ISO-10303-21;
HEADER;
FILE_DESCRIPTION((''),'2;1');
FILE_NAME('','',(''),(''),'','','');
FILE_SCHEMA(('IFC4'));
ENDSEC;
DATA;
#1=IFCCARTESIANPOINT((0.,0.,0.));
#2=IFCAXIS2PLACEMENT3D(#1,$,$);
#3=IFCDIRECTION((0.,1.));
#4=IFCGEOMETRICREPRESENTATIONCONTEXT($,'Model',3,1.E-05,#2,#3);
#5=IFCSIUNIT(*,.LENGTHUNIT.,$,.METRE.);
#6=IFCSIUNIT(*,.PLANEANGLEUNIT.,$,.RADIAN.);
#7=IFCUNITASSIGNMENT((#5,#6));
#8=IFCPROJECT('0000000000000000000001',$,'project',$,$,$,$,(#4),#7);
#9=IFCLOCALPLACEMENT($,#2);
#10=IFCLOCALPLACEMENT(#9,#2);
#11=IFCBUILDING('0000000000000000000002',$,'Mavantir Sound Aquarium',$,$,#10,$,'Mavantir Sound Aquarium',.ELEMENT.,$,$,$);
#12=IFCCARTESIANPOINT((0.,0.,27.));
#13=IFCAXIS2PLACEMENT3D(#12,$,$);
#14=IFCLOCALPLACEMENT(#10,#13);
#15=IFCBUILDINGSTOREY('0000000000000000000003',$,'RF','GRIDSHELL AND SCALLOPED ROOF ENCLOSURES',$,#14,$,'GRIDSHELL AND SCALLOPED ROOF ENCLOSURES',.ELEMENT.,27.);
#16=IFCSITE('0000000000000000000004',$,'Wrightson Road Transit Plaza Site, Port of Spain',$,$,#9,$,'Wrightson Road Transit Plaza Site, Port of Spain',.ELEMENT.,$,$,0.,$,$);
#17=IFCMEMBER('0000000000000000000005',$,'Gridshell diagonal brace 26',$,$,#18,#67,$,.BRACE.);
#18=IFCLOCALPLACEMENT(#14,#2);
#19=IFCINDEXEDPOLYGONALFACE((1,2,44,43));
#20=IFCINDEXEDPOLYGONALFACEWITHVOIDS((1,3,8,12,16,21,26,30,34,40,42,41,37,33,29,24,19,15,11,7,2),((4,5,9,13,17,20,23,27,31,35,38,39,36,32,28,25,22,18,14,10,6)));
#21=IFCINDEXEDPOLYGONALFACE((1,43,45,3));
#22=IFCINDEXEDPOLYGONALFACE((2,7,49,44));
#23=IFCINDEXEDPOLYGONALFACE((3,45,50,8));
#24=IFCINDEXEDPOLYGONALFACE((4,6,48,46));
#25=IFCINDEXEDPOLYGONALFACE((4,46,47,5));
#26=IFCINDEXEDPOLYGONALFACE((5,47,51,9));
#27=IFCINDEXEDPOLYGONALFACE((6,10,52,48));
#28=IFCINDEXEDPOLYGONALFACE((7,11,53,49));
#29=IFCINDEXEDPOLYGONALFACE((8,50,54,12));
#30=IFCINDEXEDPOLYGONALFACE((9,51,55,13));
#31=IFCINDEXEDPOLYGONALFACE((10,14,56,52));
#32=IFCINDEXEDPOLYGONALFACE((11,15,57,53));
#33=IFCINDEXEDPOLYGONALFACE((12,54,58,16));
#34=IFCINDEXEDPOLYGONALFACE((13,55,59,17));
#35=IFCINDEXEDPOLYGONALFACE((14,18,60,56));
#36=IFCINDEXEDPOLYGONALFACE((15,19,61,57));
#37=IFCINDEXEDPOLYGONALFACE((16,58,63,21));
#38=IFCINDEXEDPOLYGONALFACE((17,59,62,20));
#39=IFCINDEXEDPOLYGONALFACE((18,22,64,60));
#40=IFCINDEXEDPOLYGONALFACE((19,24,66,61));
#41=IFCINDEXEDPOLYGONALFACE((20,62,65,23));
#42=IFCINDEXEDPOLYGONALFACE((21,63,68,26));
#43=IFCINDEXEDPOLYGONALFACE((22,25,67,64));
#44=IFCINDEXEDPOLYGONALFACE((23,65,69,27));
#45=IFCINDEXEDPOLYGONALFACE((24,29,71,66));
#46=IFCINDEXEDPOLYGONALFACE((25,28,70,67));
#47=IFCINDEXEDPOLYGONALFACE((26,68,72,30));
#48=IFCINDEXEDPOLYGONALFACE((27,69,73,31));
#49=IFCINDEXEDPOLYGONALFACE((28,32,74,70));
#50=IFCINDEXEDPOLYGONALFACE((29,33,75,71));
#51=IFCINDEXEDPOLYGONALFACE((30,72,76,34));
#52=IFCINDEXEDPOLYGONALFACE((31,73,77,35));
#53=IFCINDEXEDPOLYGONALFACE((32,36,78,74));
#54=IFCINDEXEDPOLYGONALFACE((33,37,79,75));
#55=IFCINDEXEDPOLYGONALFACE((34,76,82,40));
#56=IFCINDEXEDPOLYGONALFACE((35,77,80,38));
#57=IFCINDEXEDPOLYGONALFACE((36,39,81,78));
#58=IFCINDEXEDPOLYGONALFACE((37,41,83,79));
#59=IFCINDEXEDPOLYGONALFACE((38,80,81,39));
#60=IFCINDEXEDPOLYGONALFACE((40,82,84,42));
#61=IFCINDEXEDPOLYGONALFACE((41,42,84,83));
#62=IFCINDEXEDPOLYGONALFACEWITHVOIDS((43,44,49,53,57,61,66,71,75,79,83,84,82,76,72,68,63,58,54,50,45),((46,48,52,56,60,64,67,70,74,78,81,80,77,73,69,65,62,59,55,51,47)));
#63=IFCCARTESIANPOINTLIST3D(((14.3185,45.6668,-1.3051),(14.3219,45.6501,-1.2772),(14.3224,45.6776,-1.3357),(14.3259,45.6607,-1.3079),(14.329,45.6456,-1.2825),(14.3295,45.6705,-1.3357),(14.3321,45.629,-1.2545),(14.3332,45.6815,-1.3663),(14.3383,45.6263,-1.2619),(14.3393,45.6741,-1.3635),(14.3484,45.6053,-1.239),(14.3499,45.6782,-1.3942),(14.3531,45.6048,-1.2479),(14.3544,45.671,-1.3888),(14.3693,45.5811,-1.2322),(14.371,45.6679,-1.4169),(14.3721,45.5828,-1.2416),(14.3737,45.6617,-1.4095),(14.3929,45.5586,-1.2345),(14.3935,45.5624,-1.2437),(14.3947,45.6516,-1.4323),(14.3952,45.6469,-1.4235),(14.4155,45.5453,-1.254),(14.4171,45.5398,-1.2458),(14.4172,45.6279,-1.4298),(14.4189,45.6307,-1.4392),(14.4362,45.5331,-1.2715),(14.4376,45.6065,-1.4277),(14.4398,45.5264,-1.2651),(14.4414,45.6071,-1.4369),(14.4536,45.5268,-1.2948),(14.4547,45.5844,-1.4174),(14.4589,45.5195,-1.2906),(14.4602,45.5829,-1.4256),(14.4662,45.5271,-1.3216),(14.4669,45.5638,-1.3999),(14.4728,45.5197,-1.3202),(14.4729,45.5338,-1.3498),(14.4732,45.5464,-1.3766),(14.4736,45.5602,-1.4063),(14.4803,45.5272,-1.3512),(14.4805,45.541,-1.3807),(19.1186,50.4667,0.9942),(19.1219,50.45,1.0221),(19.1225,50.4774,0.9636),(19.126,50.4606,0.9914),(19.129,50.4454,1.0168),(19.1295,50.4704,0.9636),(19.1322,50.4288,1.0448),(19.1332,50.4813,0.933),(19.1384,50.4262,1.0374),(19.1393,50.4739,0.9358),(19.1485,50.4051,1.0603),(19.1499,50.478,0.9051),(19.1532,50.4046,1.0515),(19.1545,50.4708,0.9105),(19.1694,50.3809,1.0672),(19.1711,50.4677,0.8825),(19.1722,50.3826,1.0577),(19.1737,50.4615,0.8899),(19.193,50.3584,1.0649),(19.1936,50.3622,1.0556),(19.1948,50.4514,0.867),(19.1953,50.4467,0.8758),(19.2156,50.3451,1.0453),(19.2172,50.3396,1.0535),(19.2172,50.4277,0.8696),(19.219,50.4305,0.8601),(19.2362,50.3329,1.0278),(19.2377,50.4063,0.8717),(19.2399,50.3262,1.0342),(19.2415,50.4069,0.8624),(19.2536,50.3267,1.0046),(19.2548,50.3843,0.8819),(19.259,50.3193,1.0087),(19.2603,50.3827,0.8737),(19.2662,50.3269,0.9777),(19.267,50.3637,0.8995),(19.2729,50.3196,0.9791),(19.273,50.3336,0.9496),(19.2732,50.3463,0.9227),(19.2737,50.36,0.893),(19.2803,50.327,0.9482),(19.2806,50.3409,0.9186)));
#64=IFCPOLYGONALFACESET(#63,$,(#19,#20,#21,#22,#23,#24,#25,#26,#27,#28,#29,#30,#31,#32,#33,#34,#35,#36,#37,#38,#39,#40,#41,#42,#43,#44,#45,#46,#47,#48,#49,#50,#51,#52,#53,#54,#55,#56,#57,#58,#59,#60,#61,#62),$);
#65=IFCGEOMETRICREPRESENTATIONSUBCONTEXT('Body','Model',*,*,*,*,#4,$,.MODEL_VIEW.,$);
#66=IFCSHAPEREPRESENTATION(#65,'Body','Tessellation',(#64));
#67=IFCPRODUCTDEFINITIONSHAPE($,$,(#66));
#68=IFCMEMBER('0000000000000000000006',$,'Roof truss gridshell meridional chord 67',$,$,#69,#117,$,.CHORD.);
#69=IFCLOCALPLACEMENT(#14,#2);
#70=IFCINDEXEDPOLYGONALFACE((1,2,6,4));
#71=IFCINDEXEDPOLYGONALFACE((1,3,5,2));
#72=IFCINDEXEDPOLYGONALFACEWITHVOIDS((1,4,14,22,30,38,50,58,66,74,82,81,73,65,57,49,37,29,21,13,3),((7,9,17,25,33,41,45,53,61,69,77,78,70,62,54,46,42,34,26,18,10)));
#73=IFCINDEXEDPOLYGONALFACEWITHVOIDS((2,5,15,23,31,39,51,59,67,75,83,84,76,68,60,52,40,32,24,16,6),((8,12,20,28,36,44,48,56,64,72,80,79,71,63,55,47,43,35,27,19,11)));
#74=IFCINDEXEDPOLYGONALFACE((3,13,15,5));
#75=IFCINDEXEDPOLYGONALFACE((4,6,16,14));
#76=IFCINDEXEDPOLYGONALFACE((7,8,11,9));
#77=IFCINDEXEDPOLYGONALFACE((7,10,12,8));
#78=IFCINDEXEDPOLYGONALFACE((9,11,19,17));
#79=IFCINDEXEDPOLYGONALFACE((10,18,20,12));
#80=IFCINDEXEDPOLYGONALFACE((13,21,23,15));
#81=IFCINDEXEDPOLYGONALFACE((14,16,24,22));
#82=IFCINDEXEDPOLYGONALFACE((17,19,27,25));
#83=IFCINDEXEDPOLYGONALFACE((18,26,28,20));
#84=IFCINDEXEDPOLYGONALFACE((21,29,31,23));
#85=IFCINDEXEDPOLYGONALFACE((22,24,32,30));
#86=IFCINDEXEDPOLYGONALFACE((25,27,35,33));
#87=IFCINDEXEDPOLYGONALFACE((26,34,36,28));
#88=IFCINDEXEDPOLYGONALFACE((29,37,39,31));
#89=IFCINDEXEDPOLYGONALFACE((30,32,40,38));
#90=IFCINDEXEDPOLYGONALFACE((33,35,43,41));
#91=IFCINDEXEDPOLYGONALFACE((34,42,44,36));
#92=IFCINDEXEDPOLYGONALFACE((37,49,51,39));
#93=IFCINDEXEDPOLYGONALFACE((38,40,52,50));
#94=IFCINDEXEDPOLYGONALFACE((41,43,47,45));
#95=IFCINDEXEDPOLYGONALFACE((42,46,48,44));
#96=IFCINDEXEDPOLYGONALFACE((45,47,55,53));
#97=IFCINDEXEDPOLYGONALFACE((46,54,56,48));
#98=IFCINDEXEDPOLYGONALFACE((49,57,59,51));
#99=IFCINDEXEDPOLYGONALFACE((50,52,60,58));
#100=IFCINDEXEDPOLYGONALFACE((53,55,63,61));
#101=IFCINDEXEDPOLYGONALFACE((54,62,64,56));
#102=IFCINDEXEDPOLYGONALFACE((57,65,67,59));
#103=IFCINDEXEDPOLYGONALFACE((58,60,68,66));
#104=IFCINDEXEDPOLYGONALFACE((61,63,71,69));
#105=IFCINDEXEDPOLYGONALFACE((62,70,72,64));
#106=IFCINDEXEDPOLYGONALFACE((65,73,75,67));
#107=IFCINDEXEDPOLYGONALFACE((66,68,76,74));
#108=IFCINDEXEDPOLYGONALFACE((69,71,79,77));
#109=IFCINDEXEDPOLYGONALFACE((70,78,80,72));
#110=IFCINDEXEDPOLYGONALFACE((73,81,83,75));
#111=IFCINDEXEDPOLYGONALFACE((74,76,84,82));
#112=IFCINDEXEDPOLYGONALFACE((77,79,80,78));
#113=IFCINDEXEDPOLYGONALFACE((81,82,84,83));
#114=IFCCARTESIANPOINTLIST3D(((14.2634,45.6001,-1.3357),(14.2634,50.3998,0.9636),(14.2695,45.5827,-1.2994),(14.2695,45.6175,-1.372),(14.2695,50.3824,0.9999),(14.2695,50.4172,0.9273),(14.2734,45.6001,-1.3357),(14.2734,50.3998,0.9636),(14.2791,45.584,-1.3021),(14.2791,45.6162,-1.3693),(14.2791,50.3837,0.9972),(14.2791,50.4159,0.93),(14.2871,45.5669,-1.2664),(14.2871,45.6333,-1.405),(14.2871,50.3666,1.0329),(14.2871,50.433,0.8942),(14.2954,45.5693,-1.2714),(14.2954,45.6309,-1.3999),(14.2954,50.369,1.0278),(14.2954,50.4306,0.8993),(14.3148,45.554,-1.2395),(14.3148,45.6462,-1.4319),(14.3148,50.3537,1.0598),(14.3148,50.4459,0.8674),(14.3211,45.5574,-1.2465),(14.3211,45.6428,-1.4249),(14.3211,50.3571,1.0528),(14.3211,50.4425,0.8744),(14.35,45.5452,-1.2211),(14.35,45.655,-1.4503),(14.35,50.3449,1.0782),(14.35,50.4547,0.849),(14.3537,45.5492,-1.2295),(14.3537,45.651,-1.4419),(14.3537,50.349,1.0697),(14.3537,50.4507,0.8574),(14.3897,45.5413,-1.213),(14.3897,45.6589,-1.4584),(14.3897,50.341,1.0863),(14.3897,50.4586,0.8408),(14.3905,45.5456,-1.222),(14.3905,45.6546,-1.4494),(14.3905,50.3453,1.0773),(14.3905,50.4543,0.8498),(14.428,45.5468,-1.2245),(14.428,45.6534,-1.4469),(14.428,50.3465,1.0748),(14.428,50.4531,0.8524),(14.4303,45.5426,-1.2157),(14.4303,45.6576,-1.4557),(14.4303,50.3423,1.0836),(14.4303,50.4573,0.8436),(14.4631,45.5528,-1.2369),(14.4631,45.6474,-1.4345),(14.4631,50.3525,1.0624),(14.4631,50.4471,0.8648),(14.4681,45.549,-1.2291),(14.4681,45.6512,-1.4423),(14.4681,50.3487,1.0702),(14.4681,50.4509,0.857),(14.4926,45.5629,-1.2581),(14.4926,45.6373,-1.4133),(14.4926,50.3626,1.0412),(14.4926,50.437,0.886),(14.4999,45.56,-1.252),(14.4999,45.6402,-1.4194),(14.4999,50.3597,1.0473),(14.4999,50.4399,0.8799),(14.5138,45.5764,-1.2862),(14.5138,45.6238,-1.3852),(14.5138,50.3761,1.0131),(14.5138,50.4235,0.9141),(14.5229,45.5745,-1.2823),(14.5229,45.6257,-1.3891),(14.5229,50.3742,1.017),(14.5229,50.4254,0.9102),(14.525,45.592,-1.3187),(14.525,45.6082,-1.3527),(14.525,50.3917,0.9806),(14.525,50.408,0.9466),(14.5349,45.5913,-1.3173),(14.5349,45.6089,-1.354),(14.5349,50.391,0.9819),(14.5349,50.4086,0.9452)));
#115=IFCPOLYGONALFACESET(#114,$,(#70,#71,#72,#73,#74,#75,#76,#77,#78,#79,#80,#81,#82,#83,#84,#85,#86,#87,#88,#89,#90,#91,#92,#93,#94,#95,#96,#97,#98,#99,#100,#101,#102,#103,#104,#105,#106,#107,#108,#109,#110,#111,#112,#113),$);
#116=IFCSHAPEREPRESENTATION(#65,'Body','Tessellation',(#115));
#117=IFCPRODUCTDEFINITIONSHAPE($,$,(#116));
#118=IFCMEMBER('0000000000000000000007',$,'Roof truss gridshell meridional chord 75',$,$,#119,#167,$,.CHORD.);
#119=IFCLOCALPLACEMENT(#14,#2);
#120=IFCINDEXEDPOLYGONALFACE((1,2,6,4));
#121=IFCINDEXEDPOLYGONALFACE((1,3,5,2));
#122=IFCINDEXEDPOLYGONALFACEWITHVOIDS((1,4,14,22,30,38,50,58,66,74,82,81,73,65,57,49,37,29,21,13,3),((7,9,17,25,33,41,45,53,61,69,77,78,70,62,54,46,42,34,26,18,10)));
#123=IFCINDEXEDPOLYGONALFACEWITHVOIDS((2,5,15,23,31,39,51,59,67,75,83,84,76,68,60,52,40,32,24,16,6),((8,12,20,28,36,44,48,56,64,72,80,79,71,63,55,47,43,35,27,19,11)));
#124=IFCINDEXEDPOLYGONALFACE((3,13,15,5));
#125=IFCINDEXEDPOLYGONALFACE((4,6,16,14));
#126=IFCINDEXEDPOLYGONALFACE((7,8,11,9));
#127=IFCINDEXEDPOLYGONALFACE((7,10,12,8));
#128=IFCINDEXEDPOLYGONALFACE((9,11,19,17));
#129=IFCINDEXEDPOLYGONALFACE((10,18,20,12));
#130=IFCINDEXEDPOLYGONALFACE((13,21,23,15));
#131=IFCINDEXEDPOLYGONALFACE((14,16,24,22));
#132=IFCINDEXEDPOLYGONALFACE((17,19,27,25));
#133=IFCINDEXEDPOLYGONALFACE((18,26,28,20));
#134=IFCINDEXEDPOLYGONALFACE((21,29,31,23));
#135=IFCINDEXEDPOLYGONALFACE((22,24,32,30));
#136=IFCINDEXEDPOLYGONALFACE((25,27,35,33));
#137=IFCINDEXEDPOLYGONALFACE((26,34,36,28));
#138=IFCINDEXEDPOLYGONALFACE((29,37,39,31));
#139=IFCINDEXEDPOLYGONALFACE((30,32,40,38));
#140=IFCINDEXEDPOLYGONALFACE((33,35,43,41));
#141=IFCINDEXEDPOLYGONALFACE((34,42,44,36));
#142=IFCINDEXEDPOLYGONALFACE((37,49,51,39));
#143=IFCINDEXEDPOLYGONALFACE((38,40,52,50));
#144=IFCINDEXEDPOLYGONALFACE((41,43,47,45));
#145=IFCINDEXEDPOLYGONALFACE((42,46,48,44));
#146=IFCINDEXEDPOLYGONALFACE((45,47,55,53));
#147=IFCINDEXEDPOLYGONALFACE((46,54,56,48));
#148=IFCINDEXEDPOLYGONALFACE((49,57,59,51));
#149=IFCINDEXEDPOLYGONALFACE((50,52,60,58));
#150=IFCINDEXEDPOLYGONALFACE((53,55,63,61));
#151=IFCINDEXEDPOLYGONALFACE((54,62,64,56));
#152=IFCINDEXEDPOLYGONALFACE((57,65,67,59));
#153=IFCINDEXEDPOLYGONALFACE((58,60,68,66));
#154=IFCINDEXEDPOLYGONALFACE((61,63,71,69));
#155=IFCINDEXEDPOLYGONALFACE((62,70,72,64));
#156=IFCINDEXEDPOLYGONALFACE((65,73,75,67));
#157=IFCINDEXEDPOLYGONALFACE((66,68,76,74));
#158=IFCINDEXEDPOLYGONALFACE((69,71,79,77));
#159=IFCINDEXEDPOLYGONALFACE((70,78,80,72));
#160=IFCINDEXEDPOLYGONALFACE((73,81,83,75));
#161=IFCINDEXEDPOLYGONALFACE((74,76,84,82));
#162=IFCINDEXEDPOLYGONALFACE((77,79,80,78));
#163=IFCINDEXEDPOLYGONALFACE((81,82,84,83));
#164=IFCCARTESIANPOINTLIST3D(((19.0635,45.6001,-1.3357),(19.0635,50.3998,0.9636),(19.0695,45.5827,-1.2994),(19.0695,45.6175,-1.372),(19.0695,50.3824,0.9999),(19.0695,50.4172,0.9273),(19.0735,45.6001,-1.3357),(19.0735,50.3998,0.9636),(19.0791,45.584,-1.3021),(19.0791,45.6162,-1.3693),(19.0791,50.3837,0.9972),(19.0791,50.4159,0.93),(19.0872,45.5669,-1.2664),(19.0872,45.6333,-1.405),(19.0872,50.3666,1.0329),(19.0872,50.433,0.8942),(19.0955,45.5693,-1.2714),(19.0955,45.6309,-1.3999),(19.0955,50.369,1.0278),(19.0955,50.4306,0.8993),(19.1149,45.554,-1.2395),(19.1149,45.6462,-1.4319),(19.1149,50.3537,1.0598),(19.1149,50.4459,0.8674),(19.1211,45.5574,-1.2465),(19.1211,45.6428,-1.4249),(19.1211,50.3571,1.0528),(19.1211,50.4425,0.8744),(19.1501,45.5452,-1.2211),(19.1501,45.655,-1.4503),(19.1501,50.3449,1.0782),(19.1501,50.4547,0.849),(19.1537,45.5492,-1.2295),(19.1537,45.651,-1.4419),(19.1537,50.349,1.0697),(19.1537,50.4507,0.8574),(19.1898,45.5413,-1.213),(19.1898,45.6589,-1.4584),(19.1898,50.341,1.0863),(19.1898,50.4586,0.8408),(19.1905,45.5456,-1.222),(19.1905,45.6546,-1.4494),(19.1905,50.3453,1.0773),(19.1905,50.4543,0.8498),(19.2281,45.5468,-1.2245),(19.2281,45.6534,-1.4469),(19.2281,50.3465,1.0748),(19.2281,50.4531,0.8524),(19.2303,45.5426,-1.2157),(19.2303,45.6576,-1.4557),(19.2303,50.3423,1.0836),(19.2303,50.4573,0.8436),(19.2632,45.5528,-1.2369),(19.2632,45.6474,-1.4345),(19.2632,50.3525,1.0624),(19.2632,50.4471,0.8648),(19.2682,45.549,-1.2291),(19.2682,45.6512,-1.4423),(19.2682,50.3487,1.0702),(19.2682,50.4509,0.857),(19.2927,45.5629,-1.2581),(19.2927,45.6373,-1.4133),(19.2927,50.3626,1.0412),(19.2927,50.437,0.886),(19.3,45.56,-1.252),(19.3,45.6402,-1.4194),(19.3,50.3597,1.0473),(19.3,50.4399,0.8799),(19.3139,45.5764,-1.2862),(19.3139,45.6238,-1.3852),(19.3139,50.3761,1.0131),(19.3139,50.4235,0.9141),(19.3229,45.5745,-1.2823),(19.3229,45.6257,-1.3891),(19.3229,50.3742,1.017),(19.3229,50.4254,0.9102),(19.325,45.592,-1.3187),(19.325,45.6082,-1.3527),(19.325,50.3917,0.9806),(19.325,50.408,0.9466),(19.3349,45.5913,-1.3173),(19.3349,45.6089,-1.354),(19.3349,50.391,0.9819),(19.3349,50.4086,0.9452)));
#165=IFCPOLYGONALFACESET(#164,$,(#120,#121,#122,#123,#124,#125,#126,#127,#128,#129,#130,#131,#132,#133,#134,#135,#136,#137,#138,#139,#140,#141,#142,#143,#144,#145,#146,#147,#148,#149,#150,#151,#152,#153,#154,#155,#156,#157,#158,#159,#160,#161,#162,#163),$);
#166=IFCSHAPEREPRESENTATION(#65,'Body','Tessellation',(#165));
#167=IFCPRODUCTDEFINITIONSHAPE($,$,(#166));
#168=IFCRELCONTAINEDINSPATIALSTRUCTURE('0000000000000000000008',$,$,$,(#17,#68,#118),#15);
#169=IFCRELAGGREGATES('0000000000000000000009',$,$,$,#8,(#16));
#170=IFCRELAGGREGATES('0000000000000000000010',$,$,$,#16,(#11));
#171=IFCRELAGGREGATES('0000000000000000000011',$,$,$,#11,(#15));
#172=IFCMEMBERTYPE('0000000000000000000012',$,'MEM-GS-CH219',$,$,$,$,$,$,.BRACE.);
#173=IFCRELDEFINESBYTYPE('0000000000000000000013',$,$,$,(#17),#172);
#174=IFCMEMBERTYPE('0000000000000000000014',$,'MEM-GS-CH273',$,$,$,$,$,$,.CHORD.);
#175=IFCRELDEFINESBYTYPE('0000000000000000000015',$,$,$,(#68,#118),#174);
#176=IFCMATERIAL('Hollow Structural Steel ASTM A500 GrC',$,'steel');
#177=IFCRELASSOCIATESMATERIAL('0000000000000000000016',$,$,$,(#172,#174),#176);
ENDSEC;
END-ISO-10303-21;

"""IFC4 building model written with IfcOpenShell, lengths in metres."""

from ifc_helpers import new_model, si_unit, direction, frame, origin, origin_2d, place, context, subcontext, project, spatial, hollow_circle, extrude, material, material_profile, profile_set, type_object, element, save


model = new_model("IFC4")

# Units and contexts
model_context = context("Model", 3, precision=1e-05, world=origin(), true_north=direction((0.0, 1.0)))
body_context = subcontext(model_context, "Body", "Model", "MODEL_VIEW")
ifc_project = project(units=[si_unit("LENGTHUNIT", "METRE"), si_unit("PLANEANGLEUNIT", "RADIAN")], contexts=[model_context])

# Site, building, storey
site_placement = place(None, origin())
site = spatial("IfcSite", under=ifc_project, at=site_placement, Name="Wrightson Road Transit Plaza Site, Port of Spain", LongName="Wrightson Road Transit Plaza Site, Port of Spain", CompositionType="ELEMENT", RefElevation=0.0)
building_placement = place(site_placement, origin())
building = spatial("IfcBuilding", under=site, at=building_placement, Name="Mavantir Sound Aquarium", LongName="Mavantir Sound Aquarium", CompositionType="ELEMENT")
storey_placement = place(building_placement, frame((0.0, 0.0, 27.0)))
storey = spatial("IfcBuildingStorey", under=building, at=storey_placement, Name="RF", Description="GRIDSHELL AND SCALLOPED ROOF ENCLOSURES", LongName="GRIDSHELL AND SCALLOPED ROOF ENCLOSURES", CompositionType="ELEMENT", Elevation=27.0)

# Members
ifc_material_1 = material(Name="Hollow Structural Steel ASTM A500 GrC", Category="steel")
ifc_material_profile_1 = material_profile(ifc_material_1, hollow_circle(Radius=0.1096, WallThickness=0.01, at=origin_2d()), Name="CHS 219.1X10")
ifc_profile_set_1 = profile_set([ifc_material_profile_1], Name="Hollow Structural Steel ASTM A500 GrC")
member_type_1 = type_object("IfcMemberType", Name="MEM-GS-CH219", PredefinedType="BRACE", material=ifc_profile_set_1)
member_1_placement = place(storey_placement, frame((14.3999, 45.6001, -1.3357), z_axis=(0.669746, 0.669712, 0.320821), x_axis=(-0.707089, 0.707125, 0.0)))
element("IfcMember", 1, at=member_1_placement, inside=storey, type_object=member_type_1, Name="Gridshell diagonal brace 26", PredefinedType="BRACE", context=body_context, shape_type="SweptSolid", body=[
    extrude(hollow_circle(Radius=0.1096, WallThickness=0.01, at=origin_2d()), origin(), (0.0, 0.0, 1.0), 7.167),
])
ifc_material_profile_2 = material_profile(ifc_material_1, hollow_circle(Radius=0.1365, WallThickness=0.01, at=origin_2d()), Name="CHS 273X10")
ifc_profile_set_2 = profile_set([ifc_material_profile_2], Name="Hollow Structural Steel ASTM A500 GrC")
member_type_2 = type_object("IfcMemberType", Name="MEM-GS-CH273", PredefinedType="CHORD", material=ifc_profile_set_2)
for number, where, z_axis, x_axis, name in (
    (2, (14.3999, 45.6001, -1.3357), (0.0, 0.901859, 0.43203), (-1.0, 0.0, 0.0), "Roof truss gridshell meridional chord 67"),
    (3, (19.2, 45.6001, -1.3357), (0.0, 0.901859, 0.43203), (-1.0, 0.0, 0.0), "Roof truss gridshell meridional chord 75"),
):
    element("IfcMember", number, at=place(storey_placement, frame(where, z_axis=z_axis, x_axis=x_axis)), inside=storey, type_object=member_type_2, Name=name, PredefinedType="CHORD", context=body_context, shape_type="SweptSolid", body=[
        extrude(hollow_circle(Radius=0.1365, WallThickness=0.01, at=origin_2d()), origin(), (0.0, 0.0, 1.0), 5.322),
    ])

save(model, "model.ifc")
